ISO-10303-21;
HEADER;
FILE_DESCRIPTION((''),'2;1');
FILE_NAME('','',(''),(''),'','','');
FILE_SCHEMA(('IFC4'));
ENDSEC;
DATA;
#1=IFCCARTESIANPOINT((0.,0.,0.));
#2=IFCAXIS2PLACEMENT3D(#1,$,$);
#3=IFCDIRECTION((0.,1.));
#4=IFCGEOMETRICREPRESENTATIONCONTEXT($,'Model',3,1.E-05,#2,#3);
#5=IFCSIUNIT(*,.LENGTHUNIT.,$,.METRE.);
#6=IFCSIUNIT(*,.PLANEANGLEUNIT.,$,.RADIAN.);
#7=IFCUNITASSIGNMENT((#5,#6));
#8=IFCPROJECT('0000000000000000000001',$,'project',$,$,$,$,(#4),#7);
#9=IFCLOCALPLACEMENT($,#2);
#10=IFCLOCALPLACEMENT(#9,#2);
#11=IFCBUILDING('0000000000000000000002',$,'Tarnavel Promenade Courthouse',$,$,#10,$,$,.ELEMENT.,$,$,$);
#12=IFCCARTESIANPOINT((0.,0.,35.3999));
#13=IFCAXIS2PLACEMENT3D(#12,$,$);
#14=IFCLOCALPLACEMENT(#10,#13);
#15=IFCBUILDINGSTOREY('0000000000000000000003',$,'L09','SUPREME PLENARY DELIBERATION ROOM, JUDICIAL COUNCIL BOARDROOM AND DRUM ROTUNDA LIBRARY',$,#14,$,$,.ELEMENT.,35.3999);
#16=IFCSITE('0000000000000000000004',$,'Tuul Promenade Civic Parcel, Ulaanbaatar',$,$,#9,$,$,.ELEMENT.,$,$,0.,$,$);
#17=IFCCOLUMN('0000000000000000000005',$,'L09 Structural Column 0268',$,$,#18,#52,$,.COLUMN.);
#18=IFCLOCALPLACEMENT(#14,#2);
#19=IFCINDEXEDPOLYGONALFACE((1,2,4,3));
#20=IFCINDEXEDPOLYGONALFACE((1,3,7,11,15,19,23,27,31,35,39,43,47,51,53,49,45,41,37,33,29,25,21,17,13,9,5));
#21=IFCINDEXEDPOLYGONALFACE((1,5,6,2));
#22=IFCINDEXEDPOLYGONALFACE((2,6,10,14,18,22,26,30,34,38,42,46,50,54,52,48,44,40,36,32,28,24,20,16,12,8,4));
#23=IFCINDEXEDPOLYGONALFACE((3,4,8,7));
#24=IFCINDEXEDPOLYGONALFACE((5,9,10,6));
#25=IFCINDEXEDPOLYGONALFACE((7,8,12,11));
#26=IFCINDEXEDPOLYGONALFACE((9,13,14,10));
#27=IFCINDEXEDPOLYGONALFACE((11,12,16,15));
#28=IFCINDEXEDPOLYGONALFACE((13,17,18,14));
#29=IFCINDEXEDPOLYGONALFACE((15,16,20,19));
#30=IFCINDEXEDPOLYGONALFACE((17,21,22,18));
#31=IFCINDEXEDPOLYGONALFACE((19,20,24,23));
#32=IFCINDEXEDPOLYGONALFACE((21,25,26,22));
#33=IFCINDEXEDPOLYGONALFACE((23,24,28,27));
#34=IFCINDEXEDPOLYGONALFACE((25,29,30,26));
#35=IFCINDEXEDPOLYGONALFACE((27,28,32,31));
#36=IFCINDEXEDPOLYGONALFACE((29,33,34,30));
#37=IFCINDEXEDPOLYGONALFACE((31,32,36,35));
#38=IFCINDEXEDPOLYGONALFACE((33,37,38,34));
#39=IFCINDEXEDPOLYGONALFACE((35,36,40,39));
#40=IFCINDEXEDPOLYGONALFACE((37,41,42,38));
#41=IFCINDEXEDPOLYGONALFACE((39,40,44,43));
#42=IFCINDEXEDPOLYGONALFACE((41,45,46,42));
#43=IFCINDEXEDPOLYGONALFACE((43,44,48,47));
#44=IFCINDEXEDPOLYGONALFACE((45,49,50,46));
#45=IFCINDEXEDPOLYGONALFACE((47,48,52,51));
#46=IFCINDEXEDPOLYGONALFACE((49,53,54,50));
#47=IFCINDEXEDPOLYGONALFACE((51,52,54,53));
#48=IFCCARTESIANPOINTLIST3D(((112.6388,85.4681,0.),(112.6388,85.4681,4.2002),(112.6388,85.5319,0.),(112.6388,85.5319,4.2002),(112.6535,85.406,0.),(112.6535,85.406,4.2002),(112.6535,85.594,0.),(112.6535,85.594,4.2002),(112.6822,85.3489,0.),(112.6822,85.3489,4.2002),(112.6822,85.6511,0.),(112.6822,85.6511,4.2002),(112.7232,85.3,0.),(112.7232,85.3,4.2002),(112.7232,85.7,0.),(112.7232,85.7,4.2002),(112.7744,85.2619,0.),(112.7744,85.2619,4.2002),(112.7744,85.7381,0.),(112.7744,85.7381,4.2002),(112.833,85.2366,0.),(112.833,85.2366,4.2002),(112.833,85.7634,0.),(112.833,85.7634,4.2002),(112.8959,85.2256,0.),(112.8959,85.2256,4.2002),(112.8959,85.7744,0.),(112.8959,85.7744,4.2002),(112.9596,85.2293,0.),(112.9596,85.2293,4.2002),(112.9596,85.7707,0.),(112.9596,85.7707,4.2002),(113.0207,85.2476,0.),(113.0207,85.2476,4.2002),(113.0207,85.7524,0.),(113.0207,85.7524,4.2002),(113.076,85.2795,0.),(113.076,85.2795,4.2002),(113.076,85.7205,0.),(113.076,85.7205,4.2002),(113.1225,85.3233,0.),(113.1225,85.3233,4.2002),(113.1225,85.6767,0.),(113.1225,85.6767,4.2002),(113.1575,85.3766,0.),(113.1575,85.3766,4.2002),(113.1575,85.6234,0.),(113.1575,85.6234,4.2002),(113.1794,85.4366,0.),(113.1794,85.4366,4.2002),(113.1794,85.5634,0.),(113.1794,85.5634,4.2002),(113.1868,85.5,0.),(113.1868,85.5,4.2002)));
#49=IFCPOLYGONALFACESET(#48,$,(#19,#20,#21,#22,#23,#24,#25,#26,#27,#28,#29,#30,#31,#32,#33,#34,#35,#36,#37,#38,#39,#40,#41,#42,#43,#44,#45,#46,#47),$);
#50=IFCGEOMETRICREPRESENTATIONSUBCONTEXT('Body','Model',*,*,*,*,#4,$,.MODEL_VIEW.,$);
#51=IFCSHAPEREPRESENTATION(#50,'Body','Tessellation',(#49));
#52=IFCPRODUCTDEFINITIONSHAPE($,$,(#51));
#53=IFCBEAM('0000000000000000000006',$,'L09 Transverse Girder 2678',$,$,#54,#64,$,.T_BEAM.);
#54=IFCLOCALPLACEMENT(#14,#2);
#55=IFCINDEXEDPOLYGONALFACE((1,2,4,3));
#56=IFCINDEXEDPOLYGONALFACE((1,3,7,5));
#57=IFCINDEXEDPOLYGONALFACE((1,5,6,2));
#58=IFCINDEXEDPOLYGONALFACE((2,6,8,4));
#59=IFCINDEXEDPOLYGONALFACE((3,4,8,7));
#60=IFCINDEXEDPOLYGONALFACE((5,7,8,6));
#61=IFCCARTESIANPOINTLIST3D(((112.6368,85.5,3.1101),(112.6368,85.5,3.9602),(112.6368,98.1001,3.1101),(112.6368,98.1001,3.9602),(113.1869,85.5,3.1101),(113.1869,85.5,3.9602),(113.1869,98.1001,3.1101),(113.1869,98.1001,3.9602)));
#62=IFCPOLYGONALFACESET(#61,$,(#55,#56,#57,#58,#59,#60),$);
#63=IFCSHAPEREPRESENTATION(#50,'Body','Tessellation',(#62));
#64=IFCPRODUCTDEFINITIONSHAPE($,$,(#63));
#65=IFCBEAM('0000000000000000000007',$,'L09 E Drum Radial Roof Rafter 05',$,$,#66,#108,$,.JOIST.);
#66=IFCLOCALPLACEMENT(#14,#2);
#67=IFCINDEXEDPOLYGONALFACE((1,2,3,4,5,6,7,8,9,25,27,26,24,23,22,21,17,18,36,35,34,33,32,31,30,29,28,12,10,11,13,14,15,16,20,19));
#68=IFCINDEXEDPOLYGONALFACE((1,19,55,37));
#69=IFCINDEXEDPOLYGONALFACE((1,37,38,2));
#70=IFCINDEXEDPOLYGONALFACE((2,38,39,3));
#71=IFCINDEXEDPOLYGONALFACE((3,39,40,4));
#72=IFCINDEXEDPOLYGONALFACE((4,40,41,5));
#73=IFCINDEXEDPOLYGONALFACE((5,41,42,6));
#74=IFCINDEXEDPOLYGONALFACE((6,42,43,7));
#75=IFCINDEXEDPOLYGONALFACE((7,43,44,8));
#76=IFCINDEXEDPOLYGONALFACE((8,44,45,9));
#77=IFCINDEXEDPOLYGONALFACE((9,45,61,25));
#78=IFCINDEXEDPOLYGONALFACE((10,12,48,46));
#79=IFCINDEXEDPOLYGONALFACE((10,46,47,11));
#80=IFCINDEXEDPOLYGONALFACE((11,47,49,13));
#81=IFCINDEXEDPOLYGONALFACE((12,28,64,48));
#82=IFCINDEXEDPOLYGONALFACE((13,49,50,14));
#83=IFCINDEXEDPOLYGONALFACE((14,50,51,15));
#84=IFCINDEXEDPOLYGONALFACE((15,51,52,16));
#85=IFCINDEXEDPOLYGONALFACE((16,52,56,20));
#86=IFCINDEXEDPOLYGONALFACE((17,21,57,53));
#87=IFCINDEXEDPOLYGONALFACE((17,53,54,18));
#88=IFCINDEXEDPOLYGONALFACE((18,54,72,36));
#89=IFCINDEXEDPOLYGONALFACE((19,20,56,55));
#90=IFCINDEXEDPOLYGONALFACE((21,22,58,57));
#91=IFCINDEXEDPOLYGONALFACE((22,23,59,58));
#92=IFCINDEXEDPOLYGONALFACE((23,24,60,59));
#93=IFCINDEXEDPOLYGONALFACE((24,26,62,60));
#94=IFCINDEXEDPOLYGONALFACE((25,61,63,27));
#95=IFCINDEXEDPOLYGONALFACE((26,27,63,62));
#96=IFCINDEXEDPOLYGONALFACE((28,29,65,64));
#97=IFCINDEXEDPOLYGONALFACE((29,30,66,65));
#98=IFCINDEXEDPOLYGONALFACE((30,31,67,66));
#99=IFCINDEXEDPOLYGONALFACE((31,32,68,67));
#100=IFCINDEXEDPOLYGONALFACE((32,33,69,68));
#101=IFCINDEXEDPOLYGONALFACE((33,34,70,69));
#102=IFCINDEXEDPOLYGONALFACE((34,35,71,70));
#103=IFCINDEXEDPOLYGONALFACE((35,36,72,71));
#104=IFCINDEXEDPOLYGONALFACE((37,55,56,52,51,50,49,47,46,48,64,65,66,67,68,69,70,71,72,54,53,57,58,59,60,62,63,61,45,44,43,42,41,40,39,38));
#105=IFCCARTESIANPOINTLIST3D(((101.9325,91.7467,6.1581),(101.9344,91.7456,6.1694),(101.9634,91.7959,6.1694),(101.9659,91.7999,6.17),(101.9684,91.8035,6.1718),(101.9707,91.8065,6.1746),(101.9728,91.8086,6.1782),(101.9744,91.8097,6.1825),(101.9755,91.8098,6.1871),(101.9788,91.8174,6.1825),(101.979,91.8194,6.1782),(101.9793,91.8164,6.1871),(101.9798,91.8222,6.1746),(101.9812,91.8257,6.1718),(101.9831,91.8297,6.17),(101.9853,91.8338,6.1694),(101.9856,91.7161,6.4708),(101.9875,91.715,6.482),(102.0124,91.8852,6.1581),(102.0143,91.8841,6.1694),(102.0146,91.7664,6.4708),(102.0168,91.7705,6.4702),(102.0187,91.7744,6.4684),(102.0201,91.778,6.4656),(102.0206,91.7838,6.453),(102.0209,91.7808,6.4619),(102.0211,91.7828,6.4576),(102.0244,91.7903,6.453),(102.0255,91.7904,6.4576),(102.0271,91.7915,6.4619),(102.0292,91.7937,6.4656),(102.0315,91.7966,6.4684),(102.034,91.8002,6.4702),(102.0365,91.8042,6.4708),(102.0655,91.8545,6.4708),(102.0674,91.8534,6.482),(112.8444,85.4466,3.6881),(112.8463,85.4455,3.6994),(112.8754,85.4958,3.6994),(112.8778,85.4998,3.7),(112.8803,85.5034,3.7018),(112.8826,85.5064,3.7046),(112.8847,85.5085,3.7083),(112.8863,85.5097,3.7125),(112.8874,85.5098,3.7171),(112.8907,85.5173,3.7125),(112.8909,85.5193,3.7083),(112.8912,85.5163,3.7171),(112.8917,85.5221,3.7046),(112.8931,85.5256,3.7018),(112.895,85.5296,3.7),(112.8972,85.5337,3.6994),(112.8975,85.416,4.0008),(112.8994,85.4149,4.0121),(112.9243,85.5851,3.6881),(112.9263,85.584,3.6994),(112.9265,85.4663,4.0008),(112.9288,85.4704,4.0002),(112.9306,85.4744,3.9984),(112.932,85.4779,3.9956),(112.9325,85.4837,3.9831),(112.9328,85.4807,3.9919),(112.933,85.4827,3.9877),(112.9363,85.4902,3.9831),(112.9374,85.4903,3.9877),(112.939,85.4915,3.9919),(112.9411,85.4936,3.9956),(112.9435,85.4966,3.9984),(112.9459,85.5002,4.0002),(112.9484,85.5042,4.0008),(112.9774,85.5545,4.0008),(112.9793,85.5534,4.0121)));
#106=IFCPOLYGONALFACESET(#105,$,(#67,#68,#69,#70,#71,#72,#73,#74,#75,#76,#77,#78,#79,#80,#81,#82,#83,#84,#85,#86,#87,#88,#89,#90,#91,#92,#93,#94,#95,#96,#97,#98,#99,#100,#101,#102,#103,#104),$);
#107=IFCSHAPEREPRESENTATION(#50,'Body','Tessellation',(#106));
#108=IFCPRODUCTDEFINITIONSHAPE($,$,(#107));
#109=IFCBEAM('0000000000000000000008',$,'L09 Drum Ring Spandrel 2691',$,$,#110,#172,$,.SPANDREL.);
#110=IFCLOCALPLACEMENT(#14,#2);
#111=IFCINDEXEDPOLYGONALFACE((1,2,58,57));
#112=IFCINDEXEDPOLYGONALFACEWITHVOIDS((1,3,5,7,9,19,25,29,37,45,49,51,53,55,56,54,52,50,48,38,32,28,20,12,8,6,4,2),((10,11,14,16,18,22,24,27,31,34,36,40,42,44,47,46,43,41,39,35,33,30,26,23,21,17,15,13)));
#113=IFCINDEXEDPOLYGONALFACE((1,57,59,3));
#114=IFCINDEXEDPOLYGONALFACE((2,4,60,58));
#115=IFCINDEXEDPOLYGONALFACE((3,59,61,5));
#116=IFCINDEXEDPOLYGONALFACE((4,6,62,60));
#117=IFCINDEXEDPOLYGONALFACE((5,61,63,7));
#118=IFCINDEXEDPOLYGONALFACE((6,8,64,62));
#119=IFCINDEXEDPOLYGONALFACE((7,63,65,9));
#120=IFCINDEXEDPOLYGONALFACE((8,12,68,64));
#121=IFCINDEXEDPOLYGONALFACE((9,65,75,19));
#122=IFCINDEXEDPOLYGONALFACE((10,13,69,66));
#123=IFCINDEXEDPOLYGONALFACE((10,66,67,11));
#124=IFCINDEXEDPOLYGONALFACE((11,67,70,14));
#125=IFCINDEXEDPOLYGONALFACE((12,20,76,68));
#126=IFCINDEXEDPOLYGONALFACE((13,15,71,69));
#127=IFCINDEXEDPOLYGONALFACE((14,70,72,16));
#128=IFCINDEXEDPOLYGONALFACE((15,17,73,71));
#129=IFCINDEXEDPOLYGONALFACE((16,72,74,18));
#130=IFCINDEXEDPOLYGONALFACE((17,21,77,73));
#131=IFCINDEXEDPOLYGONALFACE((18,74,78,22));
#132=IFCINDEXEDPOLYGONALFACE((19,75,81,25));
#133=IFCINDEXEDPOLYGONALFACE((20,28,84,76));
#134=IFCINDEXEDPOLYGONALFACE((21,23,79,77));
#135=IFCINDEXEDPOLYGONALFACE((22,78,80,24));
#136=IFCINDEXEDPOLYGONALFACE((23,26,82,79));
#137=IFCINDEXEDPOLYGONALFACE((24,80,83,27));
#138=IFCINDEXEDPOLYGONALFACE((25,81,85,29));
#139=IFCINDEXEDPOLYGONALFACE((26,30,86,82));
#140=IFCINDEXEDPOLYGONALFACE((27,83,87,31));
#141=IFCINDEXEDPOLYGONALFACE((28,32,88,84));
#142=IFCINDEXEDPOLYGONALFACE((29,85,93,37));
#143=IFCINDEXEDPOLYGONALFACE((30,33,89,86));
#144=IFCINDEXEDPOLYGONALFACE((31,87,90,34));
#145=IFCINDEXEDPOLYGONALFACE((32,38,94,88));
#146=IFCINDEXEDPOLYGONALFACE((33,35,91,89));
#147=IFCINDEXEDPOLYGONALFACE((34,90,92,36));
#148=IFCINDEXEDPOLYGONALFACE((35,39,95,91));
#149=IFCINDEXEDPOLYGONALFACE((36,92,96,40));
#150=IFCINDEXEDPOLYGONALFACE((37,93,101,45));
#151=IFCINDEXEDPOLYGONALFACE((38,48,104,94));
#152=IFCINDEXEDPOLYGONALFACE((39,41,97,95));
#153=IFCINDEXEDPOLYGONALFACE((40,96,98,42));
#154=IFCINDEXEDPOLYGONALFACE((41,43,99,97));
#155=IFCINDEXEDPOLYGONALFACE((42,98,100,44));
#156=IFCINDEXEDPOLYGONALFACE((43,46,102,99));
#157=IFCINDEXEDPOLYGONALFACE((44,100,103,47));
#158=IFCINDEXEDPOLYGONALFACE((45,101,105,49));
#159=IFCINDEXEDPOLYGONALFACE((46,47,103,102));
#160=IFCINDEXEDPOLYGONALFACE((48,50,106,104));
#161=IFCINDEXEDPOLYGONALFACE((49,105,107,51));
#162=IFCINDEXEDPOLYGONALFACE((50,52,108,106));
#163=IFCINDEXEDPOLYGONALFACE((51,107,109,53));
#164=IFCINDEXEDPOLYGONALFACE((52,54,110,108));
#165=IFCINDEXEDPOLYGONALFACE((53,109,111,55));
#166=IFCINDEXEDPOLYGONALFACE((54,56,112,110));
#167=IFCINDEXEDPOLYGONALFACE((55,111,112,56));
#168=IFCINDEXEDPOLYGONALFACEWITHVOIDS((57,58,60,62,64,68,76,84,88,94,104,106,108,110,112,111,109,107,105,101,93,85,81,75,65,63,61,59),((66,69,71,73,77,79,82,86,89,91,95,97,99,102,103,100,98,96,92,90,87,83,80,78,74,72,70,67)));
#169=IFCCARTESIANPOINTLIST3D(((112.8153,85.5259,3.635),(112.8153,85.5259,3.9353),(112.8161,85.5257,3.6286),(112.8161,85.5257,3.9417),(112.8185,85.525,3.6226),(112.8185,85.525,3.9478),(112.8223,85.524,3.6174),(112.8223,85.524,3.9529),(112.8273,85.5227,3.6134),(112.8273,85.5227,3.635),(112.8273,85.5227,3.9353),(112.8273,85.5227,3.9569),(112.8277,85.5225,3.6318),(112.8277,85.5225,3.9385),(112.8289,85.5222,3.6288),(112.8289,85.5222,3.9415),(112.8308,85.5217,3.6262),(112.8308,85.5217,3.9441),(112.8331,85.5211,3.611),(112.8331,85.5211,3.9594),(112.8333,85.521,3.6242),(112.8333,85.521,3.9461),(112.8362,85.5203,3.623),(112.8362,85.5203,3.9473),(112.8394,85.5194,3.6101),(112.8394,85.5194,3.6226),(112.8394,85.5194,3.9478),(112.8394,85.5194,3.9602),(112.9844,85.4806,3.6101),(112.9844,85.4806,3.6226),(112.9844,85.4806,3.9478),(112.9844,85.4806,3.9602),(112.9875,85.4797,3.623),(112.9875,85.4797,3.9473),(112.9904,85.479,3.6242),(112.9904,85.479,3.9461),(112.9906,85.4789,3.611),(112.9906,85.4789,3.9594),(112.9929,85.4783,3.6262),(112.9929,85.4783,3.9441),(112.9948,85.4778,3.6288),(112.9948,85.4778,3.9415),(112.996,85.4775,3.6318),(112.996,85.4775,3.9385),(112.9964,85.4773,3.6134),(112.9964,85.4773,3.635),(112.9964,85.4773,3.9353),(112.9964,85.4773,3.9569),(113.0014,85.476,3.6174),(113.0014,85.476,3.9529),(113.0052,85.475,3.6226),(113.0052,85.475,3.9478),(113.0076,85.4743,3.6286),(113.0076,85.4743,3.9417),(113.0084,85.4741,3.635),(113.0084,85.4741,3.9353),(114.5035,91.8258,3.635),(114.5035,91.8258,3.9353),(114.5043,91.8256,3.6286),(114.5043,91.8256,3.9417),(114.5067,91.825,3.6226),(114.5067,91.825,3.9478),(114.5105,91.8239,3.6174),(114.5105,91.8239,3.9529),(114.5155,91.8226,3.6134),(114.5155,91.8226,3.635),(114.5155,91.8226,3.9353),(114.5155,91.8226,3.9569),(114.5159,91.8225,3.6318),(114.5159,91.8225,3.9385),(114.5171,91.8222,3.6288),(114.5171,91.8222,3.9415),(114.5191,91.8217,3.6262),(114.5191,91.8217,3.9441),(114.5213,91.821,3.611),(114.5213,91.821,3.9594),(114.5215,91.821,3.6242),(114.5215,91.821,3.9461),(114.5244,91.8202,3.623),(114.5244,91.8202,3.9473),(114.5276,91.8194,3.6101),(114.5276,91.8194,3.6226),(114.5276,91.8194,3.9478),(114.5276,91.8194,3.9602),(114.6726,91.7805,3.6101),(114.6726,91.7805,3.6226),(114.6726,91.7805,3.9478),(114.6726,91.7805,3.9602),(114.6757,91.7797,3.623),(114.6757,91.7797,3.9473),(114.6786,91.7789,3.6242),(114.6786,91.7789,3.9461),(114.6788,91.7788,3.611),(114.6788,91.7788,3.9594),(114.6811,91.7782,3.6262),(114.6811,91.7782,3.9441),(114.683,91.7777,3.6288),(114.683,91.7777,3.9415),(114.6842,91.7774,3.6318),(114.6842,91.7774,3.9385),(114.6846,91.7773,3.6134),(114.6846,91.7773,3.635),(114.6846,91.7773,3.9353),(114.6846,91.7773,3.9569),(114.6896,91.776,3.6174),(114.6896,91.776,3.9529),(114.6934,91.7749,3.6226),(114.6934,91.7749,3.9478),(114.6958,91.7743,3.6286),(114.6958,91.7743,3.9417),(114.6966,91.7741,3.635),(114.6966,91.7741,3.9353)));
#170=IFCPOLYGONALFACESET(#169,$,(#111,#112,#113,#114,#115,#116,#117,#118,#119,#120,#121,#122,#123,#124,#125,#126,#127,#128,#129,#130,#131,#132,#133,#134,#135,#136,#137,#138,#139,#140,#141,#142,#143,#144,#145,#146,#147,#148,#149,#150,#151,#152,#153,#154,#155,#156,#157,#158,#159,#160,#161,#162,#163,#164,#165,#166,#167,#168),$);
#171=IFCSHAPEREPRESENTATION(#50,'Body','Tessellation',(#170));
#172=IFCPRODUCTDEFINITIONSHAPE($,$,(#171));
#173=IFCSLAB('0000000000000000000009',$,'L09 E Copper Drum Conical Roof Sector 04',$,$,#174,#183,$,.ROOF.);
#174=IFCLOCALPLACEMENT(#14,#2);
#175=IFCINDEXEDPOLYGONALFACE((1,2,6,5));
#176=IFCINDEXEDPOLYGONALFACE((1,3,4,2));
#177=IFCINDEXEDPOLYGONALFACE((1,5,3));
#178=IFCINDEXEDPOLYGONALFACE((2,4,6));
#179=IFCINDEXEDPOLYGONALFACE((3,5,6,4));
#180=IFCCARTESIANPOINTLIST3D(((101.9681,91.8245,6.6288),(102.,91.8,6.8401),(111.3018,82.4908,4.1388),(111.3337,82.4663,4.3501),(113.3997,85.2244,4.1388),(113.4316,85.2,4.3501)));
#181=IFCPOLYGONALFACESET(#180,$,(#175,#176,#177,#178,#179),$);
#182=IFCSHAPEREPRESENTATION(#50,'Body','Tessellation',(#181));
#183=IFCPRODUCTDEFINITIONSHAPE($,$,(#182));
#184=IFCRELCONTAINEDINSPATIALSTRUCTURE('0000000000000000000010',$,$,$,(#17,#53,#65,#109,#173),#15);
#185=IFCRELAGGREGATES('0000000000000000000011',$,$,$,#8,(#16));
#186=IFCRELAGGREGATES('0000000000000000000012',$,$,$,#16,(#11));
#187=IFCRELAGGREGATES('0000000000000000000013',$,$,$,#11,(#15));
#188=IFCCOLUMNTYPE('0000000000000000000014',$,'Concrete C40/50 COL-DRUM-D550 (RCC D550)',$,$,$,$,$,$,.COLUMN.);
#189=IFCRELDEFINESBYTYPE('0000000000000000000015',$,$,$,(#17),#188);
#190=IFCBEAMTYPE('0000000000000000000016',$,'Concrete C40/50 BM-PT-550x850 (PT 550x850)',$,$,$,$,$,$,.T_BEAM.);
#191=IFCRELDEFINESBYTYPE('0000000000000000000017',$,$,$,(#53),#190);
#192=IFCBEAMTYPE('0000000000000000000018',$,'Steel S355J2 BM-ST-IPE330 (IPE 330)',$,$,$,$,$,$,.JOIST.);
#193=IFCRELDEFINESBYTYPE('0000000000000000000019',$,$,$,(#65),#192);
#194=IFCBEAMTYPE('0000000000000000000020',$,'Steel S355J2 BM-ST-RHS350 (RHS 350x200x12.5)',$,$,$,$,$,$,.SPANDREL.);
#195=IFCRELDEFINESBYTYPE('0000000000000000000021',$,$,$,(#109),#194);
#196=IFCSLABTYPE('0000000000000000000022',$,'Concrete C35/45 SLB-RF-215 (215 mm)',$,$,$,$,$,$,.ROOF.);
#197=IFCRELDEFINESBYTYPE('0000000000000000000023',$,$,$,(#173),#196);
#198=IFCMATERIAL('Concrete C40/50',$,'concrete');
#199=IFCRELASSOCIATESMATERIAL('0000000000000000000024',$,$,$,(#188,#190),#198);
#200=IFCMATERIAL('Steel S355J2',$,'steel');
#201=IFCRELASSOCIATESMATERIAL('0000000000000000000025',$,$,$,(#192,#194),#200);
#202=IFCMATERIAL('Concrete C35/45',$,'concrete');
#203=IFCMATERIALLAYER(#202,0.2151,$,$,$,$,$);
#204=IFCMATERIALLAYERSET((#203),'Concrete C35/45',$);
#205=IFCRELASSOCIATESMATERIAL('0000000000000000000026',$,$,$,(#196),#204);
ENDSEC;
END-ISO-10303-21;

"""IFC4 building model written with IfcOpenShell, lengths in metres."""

from ifc_helpers import new_model, si_unit, direction, frame, origin, origin_2d, place, context, subcontext, project, spatial, polyline, rectangle, hollow_rectangle, circle, i_section, outline, extrude, material, layer, layer_set, material_profile, profile_set, type_object, element, save


model = new_model("IFC4")

# Units and contexts
model_context = context("Model", 3, precision=1e-05, world=origin(), true_north=direction((0.0, 1.0)))
body_context = subcontext(model_context, "Body", "Model", "MODEL_VIEW")
ifc_project = project(units=[si_unit("LENGTHUNIT", "METRE"), si_unit("PLANEANGLEUNIT", "RADIAN")], contexts=[model_context])

# Site, building, storey
site_placement = place(None, origin())
site = spatial("IfcSite", under=ifc_project, at=site_placement, Name="Tuul Promenade Civic Parcel, Ulaanbaatar", CompositionType="ELEMENT", RefElevation=0.0)
building_placement = place(site_placement, origin())
building = spatial("IfcBuilding", under=site, at=building_placement, Name="Tarnavel Promenade Courthouse", CompositionType="ELEMENT")
storey_placement = place(building_placement, frame((0.0, 0.0, 35.3999)))
storey = spatial("IfcBuildingStorey", under=building, at=storey_placement, Name="L09", Description="SUPREME PLENARY DELIBERATION ROOM, JUDICIAL COUNCIL BOARDROOM AND DRUM ROTUNDA LIBRARY", CompositionType="ELEMENT", Elevation=35.3999)

# Column
ifc_material_1 = material(Name="Concrete C40/50", Category="concrete")
ifc_material_profile_1 = material_profile(ifc_material_1, circle(Radius=0.2749, at=origin_2d()), Name="RCC D550")
ifc_profile_set_1 = profile_set([ifc_material_profile_1], Name="Concrete C40/50")
column_type = type_object("IfcColumnType", Name="Concrete C40/50 COL-DRUM-D550 (RCC D550)", PredefinedType="COLUMN", material=ifc_profile_set_1)
column_placement = place(storey_placement, frame((112.9119, 85.5, 0.0), z_axis=(0.0, 0.0, 1.0), x_axis=(1.0, 0.0, 0.0)))
element("IfcColumn", 1, at=column_placement, inside=storey, type_object=column_type, Name="L09 Structural Column 0268", PredefinedType="COLUMN", context=body_context, shape_type="SweptSolid", body=[
    extrude(circle(Radius=0.2749, at=origin_2d()), origin(), (0.0, 0.0, 1.0), 4.2002),
])

# Beams
ifc_material_profile_2 = material_profile(ifc_material_1, rectangle(XDim=0.55, YDim=0.8501, at=origin_2d()), Name="PT 550x850")
ifc_profile_set_2 = profile_set([ifc_material_profile_2], Name="Concrete C40/50")
beam_type_1 = type_object("IfcBeamType", Name="Concrete C40/50 BM-PT-550x850 (PT 550x850)", PredefinedType="T_BEAM", material=ifc_profile_set_2)
beam_1_placement = place(storey_placement, frame((112.9119, 85.5, 3.5352), z_axis=(0.0, 1.0, 0.0), x_axis=(-1.0, 0.0, 0.0)))
element("IfcBeam", 2, at=beam_1_placement, inside=storey, type_object=beam_type_1, Name="L09 Transverse Girder 2678", PredefinedType="T_BEAM", context=body_context, shape_type="SweptSolid", body=[
    extrude(rectangle(XDim=0.55, YDim=0.8501, at=origin_2d()), origin(), (0.0, 0.0, 1.0), 12.6001),
])
ifc_material_2 = material(Name="Steel S355J2", Category="steel")
ifc_material_profile_3 = material_profile(ifc_material_2, i_section(OverallWidth=0.1599, OverallDepth=0.3301, WebThickness=0.0076, FlangeThickness=0.0115, FilletRadius=0.0181, at=origin_2d()), Name="IPE 330")
ifc_profile_set_3 = profile_set([ifc_material_profile_3], Name="Steel S355J2")
beam_type_2 = type_object("IfcBeamType", Name="Steel S355J2 BM-ST-IPE330 (IPE 330)", PredefinedType="JOIST", material=ifc_profile_set_3)
beam_2_placement = place(storey_placement, frame((112.9119, 85.5, 3.8501), z_axis=(-0.849848, 0.490666, 0.192368), x_axis=(-0.500005, -0.866023, 0.0)))
element("IfcBeam", 3, at=beam_2_placement, inside=storey, type_object=beam_type_2, Name="L09 E Drum Radial Roof Rafter 05", PredefinedType="JOIST", context=body_context, shape_type="SweptSolid", body=[
    extrude(i_section(OverallWidth=0.1599, OverallDepth=0.3301, WebThickness=0.0076, FlangeThickness=0.0115, FilletRadius=0.0181, at=origin_2d()), origin(), (0.0, 0.0, 1.0), 12.8398),
])
ifc_material_profile_4 = material_profile(ifc_material_2, hollow_rectangle(XDim=0.2, YDim=0.3501, WallThickness=0.0125, InnerFilletRadius=0.0125, OuterFilletRadius=0.0249, at=origin_2d()), Name="RHS 350x200x12.5")
ifc_profile_set_4 = profile_set([ifc_material_profile_4], Name="Steel S355J2")
beam_type_3 = type_object("IfcBeamType", Name="Steel S355J2 BM-ST-RHS350 (RHS 350x200x12.5)", PredefinedType="SPANDREL", material=ifc_profile_set_4)
beam_3_placement = place(storey_placement, frame((112.9119, 85.5, 3.7852), z_axis=(0.258839, 0.96592, 0.0), x_axis=(-0.96592, 0.258839, 0.0)))
element("IfcBeam", 4, at=beam_3_placement, inside=storey, type_object=beam_type_3, Name="L09 Drum Ring Spandrel 2691", PredefinedType="SPANDREL", context=body_context, shape_type="SweptSolid", body=[
    extrude(hollow_rectangle(XDim=0.2, YDim=0.3501, WallThickness=0.0125, InnerFilletRadius=0.0125, OuterFilletRadius=0.0249, at=origin_2d()), origin(), (0.0, 0.0, 1.0), 6.5222),
])

# Slab
ifc_material_3 = material(Name="Concrete C35/45", Category="concrete")
ifc_layer_1 = layer(ifc_material_3, 0.2151)
ifc_layer_set_1 = layer_set([ifc_layer_1], Name="Concrete C35/45")
slab_type = type_object("IfcSlabType", Name="Concrete C35/45 SLB-RF-215 (215 mm)", PredefinedType="ROOF", material=ifc_layer_set_1)
slab_1_placement = place(storey_placement, frame((111.3337, 82.4663, 4.3501), z_axis=(0.148278, -0.113794, 0.982377), x_axis=(0.608817, 0.793311, 0.0)))
element("IfcSlab", 5, at=slab_1_placement, inside=storey, type_object=slab_type, Name="L09 E Copper Drum Conical Roof Sector 04", PredefinedType="ROOF", context=body_context, shape_type="SweptSolid", body=[
    extrude(outline(polyline([(0.0, 0.0), (3.4459, 0.0), (1.722, 13.3219), (0.0, 0.0)])), origin(), (0.0, 0.0, -1.0), 0.2151),
])

save(model, "model.ifc")
